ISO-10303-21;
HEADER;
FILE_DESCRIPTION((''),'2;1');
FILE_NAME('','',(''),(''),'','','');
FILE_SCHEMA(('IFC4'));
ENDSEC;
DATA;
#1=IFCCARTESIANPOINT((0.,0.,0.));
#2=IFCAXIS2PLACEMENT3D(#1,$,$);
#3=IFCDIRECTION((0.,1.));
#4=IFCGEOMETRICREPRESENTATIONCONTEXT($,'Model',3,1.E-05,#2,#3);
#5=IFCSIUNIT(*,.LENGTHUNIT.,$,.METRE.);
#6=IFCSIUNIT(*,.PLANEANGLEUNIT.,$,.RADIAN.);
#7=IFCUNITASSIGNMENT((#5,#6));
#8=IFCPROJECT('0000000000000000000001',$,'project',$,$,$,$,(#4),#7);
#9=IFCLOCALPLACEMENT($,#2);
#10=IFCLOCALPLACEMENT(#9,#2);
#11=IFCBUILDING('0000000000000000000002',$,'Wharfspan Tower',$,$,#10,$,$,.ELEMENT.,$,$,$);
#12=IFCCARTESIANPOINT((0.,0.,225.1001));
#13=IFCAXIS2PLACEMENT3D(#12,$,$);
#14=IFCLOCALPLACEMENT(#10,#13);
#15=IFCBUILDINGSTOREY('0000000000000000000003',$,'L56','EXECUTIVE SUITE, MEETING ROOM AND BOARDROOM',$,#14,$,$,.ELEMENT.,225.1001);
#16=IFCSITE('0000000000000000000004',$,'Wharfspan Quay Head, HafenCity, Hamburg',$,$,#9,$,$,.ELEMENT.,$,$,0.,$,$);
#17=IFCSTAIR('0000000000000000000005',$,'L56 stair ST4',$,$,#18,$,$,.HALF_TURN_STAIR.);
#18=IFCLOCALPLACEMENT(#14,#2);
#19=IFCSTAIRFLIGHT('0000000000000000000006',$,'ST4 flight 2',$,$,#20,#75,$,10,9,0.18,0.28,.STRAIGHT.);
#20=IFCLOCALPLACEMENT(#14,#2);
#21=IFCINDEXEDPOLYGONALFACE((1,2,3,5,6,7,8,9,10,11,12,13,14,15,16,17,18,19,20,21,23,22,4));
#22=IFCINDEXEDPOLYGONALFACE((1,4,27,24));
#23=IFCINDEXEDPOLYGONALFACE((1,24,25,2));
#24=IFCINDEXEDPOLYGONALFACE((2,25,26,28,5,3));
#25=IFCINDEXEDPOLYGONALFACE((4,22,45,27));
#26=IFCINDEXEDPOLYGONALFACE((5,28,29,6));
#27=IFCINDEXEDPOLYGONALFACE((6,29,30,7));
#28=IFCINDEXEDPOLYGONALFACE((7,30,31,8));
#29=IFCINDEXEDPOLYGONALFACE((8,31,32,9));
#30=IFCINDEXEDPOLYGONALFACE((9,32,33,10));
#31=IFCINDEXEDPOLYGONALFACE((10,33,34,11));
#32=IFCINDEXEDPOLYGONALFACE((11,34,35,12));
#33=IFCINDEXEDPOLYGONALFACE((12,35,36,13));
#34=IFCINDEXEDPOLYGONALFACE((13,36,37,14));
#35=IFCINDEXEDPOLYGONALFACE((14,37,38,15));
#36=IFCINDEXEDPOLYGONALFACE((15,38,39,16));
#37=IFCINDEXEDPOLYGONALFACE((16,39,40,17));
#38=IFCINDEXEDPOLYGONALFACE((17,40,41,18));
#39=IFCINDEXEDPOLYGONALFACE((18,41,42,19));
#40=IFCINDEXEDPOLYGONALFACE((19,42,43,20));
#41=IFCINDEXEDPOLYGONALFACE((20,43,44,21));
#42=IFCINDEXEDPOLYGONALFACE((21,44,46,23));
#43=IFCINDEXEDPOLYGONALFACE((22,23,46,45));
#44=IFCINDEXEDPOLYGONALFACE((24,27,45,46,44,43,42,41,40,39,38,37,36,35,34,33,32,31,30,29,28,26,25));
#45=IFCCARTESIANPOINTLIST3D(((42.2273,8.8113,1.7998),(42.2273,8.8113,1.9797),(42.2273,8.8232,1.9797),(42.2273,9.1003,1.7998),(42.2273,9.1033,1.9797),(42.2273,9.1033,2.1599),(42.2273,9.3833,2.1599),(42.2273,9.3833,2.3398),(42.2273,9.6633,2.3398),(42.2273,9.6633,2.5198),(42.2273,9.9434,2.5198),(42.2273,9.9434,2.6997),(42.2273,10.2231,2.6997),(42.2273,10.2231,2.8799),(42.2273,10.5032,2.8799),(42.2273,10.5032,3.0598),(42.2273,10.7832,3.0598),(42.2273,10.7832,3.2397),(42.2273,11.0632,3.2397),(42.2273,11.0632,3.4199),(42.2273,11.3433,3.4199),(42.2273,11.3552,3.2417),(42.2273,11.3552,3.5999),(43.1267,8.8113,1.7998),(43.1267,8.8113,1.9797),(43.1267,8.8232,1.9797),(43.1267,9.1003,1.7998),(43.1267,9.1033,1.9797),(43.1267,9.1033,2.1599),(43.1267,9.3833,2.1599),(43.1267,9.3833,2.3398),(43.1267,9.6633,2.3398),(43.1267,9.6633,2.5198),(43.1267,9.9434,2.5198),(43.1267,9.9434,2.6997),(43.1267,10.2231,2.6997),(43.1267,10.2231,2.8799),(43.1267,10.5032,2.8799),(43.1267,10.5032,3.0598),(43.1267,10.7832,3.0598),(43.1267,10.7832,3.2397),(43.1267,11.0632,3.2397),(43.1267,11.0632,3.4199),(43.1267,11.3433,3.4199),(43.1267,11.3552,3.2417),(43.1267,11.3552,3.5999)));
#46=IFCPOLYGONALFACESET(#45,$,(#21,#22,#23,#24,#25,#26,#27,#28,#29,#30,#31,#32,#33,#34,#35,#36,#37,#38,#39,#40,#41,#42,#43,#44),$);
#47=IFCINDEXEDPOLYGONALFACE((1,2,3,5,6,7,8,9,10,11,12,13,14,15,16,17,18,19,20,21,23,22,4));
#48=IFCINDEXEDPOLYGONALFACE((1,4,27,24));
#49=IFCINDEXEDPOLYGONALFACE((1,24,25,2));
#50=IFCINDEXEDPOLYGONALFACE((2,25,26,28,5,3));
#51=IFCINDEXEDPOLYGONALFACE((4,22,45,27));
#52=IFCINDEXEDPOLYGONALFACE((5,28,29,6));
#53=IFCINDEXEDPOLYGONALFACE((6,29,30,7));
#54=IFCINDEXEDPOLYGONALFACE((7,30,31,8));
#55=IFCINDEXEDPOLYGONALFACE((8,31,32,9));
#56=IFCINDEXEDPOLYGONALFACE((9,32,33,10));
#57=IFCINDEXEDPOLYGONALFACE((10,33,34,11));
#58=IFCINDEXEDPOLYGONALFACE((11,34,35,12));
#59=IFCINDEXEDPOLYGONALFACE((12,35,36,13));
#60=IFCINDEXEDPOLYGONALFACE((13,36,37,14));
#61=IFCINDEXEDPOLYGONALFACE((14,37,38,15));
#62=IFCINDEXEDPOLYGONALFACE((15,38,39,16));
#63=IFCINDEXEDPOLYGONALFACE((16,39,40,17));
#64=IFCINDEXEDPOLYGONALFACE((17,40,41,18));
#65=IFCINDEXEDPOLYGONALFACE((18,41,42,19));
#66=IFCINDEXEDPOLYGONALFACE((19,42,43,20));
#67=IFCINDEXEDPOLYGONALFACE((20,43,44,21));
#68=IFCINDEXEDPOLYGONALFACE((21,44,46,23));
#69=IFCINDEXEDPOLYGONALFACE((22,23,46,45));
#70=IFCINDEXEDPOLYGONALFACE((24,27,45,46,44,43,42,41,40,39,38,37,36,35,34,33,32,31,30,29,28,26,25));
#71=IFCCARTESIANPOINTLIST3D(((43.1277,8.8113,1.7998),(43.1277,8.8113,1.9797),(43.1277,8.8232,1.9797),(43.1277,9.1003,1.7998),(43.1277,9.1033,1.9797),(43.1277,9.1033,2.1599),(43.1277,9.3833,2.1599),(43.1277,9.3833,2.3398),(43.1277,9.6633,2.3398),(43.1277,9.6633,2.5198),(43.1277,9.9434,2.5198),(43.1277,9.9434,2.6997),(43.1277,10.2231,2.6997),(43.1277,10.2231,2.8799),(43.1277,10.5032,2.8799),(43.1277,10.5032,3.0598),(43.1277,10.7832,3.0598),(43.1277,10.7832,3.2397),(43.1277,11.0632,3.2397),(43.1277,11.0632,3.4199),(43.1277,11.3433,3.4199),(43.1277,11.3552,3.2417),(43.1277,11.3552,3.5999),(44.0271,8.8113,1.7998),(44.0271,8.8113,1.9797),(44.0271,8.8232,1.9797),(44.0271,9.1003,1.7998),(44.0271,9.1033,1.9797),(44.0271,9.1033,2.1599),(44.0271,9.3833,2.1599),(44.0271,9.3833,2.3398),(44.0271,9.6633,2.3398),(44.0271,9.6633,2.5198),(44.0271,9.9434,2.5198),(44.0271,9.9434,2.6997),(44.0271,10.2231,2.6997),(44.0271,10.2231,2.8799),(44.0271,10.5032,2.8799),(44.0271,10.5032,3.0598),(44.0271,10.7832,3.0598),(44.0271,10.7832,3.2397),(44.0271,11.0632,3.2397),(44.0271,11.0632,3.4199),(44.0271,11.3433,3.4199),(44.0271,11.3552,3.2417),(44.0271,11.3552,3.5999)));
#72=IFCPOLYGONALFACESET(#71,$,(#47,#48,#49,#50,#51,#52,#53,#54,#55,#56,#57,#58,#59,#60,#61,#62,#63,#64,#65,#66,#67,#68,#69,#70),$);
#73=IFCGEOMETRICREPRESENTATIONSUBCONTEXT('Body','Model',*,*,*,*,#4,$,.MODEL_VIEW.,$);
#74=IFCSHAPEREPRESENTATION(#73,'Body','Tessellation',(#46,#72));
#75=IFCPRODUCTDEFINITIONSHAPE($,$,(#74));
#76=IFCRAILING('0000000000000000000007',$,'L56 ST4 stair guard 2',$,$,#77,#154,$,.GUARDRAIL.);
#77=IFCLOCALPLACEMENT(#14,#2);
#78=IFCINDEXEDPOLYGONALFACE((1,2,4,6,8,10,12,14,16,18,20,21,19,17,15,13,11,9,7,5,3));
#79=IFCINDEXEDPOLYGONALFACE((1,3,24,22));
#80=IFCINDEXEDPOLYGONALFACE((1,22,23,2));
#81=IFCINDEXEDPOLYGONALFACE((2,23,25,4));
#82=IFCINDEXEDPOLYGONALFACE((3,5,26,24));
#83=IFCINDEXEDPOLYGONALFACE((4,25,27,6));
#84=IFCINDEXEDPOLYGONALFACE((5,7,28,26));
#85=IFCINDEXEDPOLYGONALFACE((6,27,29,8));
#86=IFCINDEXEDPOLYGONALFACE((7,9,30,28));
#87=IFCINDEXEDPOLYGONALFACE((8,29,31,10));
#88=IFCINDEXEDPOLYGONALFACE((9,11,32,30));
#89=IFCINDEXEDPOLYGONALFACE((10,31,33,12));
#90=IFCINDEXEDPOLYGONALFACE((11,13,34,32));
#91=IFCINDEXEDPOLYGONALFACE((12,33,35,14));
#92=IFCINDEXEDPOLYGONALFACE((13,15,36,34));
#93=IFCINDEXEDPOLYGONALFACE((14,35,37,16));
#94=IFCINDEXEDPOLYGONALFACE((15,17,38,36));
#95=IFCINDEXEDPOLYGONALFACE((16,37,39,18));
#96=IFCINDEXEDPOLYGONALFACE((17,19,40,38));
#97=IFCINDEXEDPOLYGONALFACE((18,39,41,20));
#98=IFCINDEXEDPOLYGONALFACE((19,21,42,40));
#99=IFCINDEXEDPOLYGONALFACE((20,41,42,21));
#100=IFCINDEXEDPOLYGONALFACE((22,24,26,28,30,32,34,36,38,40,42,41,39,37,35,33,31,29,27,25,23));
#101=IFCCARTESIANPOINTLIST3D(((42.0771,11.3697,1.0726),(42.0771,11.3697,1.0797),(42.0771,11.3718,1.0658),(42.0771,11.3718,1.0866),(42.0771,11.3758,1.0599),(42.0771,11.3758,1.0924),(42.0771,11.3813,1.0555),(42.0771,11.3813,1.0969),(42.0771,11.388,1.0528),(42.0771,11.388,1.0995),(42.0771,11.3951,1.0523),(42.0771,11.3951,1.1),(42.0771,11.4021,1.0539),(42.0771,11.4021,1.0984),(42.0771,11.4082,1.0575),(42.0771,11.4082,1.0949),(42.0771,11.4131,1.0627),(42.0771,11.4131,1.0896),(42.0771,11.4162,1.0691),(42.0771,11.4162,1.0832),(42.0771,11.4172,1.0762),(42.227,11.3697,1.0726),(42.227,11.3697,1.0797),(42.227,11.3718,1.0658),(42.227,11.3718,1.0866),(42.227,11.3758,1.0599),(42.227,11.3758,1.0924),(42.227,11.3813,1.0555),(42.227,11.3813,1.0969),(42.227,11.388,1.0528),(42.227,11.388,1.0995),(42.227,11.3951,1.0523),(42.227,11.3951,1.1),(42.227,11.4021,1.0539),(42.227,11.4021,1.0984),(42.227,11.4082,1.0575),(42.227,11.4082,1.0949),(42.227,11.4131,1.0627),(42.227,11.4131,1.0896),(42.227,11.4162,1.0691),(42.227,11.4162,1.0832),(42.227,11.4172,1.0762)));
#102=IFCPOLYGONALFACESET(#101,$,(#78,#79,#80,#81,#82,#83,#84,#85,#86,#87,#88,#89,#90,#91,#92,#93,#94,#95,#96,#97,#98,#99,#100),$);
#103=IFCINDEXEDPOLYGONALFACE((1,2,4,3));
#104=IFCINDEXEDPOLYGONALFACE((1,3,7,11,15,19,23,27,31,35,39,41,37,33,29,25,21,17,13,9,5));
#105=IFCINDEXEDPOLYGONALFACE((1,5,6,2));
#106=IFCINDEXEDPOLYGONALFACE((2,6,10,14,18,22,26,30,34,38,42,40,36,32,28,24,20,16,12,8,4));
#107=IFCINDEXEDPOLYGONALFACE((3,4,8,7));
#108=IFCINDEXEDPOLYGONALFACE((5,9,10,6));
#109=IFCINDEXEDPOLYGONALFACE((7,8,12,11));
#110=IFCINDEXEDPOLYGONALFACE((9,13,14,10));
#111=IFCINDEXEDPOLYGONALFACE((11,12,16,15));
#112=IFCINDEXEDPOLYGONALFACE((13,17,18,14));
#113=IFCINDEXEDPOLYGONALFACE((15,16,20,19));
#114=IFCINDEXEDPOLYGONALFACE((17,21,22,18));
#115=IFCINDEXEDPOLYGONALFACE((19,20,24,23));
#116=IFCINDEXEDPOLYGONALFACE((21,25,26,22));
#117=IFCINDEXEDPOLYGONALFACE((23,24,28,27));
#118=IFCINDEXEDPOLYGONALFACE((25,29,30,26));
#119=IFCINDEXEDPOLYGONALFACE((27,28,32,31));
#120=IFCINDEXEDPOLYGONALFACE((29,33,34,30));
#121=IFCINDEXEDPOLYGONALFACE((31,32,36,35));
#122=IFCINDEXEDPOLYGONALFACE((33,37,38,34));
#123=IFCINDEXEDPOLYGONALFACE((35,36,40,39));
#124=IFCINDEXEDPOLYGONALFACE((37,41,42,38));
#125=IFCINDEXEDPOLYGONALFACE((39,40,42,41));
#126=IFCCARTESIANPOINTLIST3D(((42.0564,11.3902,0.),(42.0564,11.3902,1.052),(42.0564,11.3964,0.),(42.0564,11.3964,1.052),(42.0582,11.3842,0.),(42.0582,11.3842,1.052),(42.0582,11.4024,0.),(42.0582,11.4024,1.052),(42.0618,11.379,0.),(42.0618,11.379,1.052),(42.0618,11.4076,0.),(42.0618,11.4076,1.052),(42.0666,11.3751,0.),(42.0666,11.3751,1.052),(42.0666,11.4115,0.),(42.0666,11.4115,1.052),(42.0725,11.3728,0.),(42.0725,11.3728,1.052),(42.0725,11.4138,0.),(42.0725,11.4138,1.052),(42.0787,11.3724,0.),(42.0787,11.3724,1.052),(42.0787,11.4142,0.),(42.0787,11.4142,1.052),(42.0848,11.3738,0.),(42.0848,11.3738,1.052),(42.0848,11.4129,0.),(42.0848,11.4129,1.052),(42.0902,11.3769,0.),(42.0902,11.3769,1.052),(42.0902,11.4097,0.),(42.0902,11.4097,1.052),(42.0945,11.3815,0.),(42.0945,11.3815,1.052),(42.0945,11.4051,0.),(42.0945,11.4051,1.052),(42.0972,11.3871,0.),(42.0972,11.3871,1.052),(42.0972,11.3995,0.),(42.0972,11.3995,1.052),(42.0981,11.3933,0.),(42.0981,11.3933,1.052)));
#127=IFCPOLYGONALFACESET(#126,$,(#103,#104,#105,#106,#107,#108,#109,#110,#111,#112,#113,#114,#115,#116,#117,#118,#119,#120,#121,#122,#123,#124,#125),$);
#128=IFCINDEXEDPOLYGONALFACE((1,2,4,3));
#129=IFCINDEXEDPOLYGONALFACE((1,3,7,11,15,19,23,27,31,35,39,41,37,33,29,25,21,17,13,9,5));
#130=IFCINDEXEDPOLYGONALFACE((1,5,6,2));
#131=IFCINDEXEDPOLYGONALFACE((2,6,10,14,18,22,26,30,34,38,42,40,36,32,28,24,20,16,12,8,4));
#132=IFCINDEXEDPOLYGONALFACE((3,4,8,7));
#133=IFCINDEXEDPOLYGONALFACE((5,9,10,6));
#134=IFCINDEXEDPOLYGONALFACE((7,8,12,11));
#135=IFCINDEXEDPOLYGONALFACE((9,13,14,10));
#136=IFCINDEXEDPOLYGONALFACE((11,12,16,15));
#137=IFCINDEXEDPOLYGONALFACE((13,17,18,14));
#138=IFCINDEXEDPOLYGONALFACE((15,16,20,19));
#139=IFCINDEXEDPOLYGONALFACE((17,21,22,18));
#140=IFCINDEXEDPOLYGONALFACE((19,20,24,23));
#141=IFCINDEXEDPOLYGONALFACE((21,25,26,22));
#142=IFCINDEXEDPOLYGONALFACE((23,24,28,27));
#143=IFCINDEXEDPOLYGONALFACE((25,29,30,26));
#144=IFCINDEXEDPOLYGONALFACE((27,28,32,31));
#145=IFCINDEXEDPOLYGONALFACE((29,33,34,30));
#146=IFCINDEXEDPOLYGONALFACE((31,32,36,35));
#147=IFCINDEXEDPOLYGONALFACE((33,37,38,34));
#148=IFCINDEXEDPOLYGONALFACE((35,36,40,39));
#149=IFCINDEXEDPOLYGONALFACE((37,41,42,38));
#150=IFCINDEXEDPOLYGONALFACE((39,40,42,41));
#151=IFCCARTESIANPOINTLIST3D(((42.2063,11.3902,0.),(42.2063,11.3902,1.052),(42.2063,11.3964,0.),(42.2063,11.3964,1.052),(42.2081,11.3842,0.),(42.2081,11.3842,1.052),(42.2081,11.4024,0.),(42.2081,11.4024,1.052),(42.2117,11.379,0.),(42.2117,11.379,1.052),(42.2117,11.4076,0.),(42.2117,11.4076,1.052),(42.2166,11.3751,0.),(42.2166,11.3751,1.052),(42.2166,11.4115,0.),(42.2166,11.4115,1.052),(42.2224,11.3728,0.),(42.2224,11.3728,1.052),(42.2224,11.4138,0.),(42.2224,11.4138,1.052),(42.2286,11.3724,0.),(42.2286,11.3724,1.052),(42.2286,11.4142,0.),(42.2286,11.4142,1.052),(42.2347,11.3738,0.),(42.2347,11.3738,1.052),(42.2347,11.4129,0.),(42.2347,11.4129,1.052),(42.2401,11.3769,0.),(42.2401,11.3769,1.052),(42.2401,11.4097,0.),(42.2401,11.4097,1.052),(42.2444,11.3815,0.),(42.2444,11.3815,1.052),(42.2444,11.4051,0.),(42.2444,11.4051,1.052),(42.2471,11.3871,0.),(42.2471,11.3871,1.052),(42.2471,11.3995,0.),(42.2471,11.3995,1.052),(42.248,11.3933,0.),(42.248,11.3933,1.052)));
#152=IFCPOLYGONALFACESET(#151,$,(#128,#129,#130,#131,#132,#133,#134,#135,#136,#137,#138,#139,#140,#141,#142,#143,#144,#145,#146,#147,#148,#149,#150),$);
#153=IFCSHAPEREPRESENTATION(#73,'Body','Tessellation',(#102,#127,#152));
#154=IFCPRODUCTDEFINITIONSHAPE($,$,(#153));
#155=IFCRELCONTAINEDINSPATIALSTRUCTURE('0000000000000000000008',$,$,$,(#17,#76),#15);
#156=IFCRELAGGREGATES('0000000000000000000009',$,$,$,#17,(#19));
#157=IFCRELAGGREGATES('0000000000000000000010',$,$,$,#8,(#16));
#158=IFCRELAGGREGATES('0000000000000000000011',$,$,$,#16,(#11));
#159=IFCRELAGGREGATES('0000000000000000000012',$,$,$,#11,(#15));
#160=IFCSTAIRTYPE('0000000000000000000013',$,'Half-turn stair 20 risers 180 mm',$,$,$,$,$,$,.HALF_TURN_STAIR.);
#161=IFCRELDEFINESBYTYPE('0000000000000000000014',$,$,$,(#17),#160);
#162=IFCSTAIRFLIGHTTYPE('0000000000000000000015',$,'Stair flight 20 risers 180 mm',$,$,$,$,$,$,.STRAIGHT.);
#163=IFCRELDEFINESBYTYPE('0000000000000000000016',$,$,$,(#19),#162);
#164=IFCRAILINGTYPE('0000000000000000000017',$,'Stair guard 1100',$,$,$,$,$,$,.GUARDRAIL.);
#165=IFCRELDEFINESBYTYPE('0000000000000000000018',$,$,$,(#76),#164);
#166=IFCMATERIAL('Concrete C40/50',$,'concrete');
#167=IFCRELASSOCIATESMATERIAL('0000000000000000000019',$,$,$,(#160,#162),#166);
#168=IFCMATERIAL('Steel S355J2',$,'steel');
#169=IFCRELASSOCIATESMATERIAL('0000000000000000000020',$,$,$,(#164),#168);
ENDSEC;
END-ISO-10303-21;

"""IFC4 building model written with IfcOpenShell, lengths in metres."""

from ifc_helpers import new_model, si_unit, direction, frame, origin, origin_2d, place, context, subcontext, project, spatial, polyline, circle, outline, extrude, material, type_object, element, aggregate, save


model = new_model("IFC4")

# Units and contexts
model_context = context("Model", 3, precision=1e-05, world=origin(), true_north=direction((0.0, 1.0)))
body_context = subcontext(model_context, "Body", "Model", "MODEL_VIEW")
ifc_project = project(units=[si_unit("LENGTHUNIT", "METRE"), si_unit("PLANEANGLEUNIT", "RADIAN")], contexts=[model_context])

# Site, building, storey
site_placement = place(None, origin())
site = spatial("IfcSite", under=ifc_project, at=site_placement, Name="Wharfspan Quay Head, HafenCity, Hamburg", CompositionType="ELEMENT", RefElevation=0.0)
building_placement = place(site_placement, origin())
building = spatial("IfcBuilding", under=site, at=building_placement, Name="Wharfspan Tower", CompositionType="ELEMENT")
storey_placement = place(building_placement, frame((0.0, 0.0, 225.1001)))
storey = spatial("IfcBuildingStorey", under=building, at=storey_placement, Name="L56", Description="EXECUTIVE SUITE, MEETING ROOM AND BOARDROOM", CompositionType="ELEMENT", Elevation=225.1001)

# Shared definitions
ifc_material_1 = material(Name="Steel S355J2", Category="steel")

# Shared definitions
ifc_material_2 = material(Name="Concrete C40/50", Category="concrete")

# Stair, stair flight
stair_type = type_object("IfcStairType", Name="Half-turn stair 20 risers 180 mm", PredefinedType="HALF_TURN_STAIR", material=ifc_material_2)
stair_placement = place(storey_placement, origin())
stair = element("IfcStair", 1, at=stair_placement, inside=storey, type_object=stair_type, Name="L56 stair ST4", PredefinedType="HALF_TURN_STAIR")
stair_flight_type = type_object("IfcStairFlightType", Name="Stair flight 20 risers 180 mm", PredefinedType="STRAIGHT", material=ifc_material_2)
stair_flight_1_placement = place(storey_placement, frame((43.1272, 8.8232, 1.7998), z_axis=(0.0, 0.0, 1.0), x_axis=(0.0, 1.0, 0.0)))
stair_flight_1 = element("IfcStairFlight", 2, at=stair_flight_1_placement, type_object=stair_flight_type, Name="ST4 flight 2", NumberOfRisers=10, NumberOfTreads=9, PredefinedType="STRAIGHT", RiserHeight=0.18, TreadLength=0.28, context=body_context, shape_type="SweptSolid", body=[
    extrude(outline(polyline([(-0.012, 0.0), (-0.012, 0.1799), (0.0, 0.1799), (0.28, 0.1799), (0.28, 0.3601), (0.5601, 0.3601), (0.5601, 0.54), (0.8401, 0.54), (0.8401, 0.72), (1.1201, 0.72), (1.1201, 0.8999), (1.3999, 0.8999), (1.3999, 1.0801), (1.6799, 1.0801), (1.6799, 1.26), (1.96, 1.26), (1.96, 1.4399), (2.24, 1.4399), (2.24, 1.6201), (2.52, 1.6201), (2.532, 1.8), (2.532, 1.4419), (0.2771, 0.0), (-0.012, 0.0)])), frame((0.0, 0.8999, 0.0), z_axis=(0.0, -1.0, 0.0), x_axis=(1.0, 0.0, 0.0)), (0.0, 0.0, 1.0), 0.8994),
    extrude(outline(polyline([(-0.012, 0.0), (-0.012, 0.1799), (0.0, 0.1799), (0.28, 0.1799), (0.28, 0.3601), (0.5601, 0.3601), (0.5601, 0.54), (0.8401, 0.54), (0.8401, 0.72), (1.1201, 0.72), (1.1201, 0.8999), (1.3999, 0.8999), (1.3999, 1.0801), (1.6799, 1.0801), (1.6799, 1.26), (1.96, 1.26), (1.96, 1.4399), (2.24, 1.4399), (2.24, 1.6201), (2.52, 1.6201), (2.532, 1.8), (2.532, 1.4419), (0.2771, 0.0), (-0.012, 0.0)])), frame((0.0, -0.0005, 0.0), z_axis=(0.0, -1.0, 0.0), x_axis=(1.0, 0.0, 0.0)), (0.0, 0.0, 1.0), 0.8994),
])
aggregate(stair, [stair_flight_1])

# Railing
railing_type_1 = type_object("IfcRailingType", Name="Stair guard 1100", PredefinedType="GUARDRAIL", material=ifc_material_1)
railing_1_placement = place(storey_placement, frame((42.0771, 11.3933, 0.0)))
element("IfcRailing", 3, at=railing_1_placement, inside=storey, type_object=railing_type_1, Name="L56 ST4 stair guard 2", PredefinedType="GUARDRAIL", context=body_context, shape_type="SweptSolid", body=[
    extrude(circle(Radius=0.0239, at=origin_2d()), frame((0.0, 0.0, 1.0762), z_axis=(1.0, 0.0, 0.0), x_axis=(0.0, 1.0, 0.0)), (0.0, 0.0, 1.0), 0.1499),
    extrude(circle(Radius=0.021, at=origin_2d()), origin(), (0.0, 0.0, 1.0), 1.052),
    extrude(circle(Radius=0.021, at=origin_2d()), frame((0.1499, 0.0, 0.0)), (0.0, 0.0, 1.0), 1.052),
])

save(model, "model.ifc")
